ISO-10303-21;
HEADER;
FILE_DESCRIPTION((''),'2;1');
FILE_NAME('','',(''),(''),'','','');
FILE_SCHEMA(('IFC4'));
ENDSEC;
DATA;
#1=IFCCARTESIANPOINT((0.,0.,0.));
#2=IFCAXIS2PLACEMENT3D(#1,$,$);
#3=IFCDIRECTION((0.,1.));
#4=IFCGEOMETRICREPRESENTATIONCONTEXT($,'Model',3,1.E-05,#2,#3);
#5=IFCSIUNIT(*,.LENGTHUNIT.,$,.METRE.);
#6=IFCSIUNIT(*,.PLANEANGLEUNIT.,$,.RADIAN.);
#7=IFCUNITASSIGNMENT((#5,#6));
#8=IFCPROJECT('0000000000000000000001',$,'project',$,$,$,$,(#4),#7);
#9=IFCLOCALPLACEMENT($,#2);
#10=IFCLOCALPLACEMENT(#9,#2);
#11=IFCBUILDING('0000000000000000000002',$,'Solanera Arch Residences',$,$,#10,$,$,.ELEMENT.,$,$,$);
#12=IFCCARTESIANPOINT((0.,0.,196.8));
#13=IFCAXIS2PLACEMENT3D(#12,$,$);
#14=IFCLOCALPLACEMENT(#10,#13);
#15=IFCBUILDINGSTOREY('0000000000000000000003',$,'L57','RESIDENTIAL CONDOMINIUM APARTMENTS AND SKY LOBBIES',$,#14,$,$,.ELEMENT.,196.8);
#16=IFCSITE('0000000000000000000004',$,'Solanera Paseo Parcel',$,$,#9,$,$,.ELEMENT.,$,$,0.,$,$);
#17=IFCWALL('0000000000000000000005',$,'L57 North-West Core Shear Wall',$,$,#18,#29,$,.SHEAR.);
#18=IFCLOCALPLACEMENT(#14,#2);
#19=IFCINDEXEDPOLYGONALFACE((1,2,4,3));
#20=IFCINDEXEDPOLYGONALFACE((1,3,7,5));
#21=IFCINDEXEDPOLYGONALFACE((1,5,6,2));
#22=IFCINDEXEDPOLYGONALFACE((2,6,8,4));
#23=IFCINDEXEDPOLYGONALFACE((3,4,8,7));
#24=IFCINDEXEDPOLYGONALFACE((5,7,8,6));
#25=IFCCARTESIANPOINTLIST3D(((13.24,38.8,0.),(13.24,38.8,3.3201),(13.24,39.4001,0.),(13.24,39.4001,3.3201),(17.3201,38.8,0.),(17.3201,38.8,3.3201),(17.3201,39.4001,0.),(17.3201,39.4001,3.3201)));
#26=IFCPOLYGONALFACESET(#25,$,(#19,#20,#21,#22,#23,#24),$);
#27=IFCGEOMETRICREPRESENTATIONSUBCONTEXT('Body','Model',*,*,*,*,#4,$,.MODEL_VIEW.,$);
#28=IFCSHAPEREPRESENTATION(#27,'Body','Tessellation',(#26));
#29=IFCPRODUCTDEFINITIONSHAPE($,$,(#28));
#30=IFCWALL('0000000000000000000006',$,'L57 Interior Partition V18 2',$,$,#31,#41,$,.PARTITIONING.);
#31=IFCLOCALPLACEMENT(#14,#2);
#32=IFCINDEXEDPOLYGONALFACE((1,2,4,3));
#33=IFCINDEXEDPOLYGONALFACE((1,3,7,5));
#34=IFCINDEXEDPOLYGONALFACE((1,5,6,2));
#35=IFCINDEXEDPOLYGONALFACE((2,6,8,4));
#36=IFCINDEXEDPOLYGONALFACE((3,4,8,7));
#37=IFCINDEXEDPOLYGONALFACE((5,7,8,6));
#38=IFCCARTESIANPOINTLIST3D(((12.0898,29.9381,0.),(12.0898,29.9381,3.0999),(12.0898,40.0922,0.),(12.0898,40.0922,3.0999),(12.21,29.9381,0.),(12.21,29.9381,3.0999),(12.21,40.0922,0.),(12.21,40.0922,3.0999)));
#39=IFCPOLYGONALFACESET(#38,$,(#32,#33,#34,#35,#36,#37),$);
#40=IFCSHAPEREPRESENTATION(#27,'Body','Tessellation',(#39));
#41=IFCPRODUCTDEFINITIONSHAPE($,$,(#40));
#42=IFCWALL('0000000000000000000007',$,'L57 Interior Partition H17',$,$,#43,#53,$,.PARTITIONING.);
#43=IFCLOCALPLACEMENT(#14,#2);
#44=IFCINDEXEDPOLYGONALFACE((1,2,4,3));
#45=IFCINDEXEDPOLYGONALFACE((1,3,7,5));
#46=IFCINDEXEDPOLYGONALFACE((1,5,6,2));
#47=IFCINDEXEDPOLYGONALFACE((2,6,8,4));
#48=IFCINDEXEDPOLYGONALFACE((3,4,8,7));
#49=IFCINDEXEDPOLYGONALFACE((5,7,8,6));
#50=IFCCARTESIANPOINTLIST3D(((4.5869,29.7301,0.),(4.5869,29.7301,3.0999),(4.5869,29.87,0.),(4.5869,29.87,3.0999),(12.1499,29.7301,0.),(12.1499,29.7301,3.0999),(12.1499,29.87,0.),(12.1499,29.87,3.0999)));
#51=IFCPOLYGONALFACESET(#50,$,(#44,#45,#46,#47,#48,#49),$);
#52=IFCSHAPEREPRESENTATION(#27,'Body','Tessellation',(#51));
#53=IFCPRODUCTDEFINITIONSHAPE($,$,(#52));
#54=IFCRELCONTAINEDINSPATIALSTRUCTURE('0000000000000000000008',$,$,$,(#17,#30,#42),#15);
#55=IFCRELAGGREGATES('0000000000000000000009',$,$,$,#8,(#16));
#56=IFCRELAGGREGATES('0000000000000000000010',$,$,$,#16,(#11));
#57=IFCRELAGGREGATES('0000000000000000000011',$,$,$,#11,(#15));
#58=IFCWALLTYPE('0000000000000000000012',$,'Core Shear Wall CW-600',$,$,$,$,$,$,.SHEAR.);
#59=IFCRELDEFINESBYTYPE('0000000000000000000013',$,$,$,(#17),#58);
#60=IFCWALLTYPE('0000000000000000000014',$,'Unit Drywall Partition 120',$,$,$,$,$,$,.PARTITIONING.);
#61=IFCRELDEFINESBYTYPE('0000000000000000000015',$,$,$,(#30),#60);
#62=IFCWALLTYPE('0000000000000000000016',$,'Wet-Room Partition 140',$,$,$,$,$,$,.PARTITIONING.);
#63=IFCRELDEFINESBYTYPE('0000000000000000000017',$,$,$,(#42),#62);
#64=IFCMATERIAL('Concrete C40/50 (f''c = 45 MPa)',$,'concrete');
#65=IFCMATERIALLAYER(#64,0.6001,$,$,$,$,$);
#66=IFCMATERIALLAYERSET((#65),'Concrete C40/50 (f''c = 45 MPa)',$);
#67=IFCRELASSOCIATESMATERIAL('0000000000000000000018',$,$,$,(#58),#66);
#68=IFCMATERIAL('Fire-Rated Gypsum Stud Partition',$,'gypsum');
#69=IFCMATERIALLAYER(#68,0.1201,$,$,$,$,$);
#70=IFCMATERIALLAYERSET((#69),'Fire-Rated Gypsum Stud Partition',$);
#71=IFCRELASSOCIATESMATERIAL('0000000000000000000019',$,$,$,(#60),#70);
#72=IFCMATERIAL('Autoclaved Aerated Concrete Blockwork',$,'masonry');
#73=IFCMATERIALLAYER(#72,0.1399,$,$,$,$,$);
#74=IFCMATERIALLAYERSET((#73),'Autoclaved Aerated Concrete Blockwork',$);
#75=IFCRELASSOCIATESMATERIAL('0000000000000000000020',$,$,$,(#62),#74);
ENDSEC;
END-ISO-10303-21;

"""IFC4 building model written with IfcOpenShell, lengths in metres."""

from ifc_helpers import new_model, si_unit, direction, frame, frame_2d, origin, place, context, subcontext, project, spatial, rectangle, extrude, material, layer, layer_set, type_object, element, save


model = new_model("IFC4")

# Units and contexts
model_context = context("Model", 3, precision=1e-05, world=origin(), true_north=direction((0.0, 1.0)))
body_context = subcontext(model_context, "Body", "Model", "MODEL_VIEW")
ifc_project = project(units=[si_unit("LENGTHUNIT", "METRE"), si_unit("PLANEANGLEUNIT", "RADIAN")], contexts=[model_context])

# Site, building, storey
site_placement = place(None, origin())
site = spatial("IfcSite", under=ifc_project, at=site_placement, Name="Solanera Paseo Parcel", CompositionType="ELEMENT", RefElevation=0.0)
building_placement = place(site_placement, origin())
building = spatial("IfcBuilding", under=site, at=building_placement, Name="Solanera Arch Residences", CompositionType="ELEMENT")
storey_placement = place(building_placement, frame((0.0, 0.0, 196.8)))
storey = spatial("IfcBuildingStorey", under=building, at=storey_placement, Name="L57", Description="RESIDENTIAL CONDOMINIUM APARTMENTS AND SKY LOBBIES", CompositionType="ELEMENT", Elevation=196.8)

# Walls
ifc_material_1 = material(Name="Concrete C40/50 (f'c = 45 MPa)", Category="concrete")
ifc_layer_1 = layer(ifc_material_1, 0.6001)
ifc_layer_set_1 = layer_set([ifc_layer_1], Name="Concrete C40/50 (f'c = 45 MPa)")
wall_type_1 = type_object("IfcWallType", Name="Core Shear Wall CW-600", PredefinedType="SHEAR", material=ifc_layer_set_1)
wall_1_placement = place(storey_placement, frame((13.24, 39.1001, 0.0), z_axis=(0.0, 0.0, 1.0), x_axis=(1.0, 0.0, 0.0)))
element("IfcWall", 1, at=wall_1_placement, inside=storey, type_object=wall_type_1, Name="L57 North-West Core Shear Wall", PredefinedType="SHEAR", context=body_context, shape_type="SweptSolid", body=[
    extrude(rectangle(XDim=4.0801, YDim=0.6001, at=frame_2d((2.04, 0.0))), origin(), (0.0, 0.0, 1.0), 3.3201),
])
ifc_material_2 = material(Name="Fire-Rated Gypsum Stud Partition", Category="gypsum")
ifc_layer_2 = layer(ifc_material_2, 0.1201)
ifc_layer_set_2 = layer_set([ifc_layer_2], Name="Fire-Rated Gypsum Stud Partition")
wall_type_2 = type_object("IfcWallType", Name="Unit Drywall Partition 120", PredefinedType="PARTITIONING", material=ifc_layer_set_2)
wall_2_placement = place(storey_placement, frame((12.1499, 29.938, 0.0), z_axis=(0.0, 0.0, 1.0), x_axis=(0.0, 1.0, 0.0)))
element("IfcWall", 2, at=wall_2_placement, inside=storey, type_object=wall_type_2, Name="L57 Interior Partition V18 2", PredefinedType="PARTITIONING", context=body_context, shape_type="SweptSolid", body=[
    extrude(rectangle(XDim=10.1541, YDim=0.1201, at=frame_2d((5.0771, 0.0))), origin(), (0.0, 0.0, 1.0), 3.0999),
])
ifc_material_3 = material(Name="Autoclaved Aerated Concrete Blockwork", Category="masonry")
ifc_layer_3 = layer(ifc_material_3, 0.1399)
ifc_layer_set_3 = layer_set([ifc_layer_3], Name="Autoclaved Aerated Concrete Blockwork")
wall_type_3 = type_object("IfcWallType", Name="Wet-Room Partition 140", PredefinedType="PARTITIONING", material=ifc_layer_set_3)
wall_3_placement = place(storey_placement, frame((4.5869, 29.8, 0.0), z_axis=(0.0, 0.0, 1.0), x_axis=(1.0, 0.0, 0.0)))
element("IfcWall", 3, at=wall_3_placement, inside=storey, type_object=wall_type_3, Name="L57 Interior Partition H17", PredefinedType="PARTITIONING", context=body_context, shape_type="SweptSolid", body=[
    extrude(rectangle(XDim=7.563, YDim=0.1399, at=frame_2d((3.7815, 0.0))), origin(), (0.0, 0.0, 1.0), 3.0999),
])

save(model, "model.ifc")
